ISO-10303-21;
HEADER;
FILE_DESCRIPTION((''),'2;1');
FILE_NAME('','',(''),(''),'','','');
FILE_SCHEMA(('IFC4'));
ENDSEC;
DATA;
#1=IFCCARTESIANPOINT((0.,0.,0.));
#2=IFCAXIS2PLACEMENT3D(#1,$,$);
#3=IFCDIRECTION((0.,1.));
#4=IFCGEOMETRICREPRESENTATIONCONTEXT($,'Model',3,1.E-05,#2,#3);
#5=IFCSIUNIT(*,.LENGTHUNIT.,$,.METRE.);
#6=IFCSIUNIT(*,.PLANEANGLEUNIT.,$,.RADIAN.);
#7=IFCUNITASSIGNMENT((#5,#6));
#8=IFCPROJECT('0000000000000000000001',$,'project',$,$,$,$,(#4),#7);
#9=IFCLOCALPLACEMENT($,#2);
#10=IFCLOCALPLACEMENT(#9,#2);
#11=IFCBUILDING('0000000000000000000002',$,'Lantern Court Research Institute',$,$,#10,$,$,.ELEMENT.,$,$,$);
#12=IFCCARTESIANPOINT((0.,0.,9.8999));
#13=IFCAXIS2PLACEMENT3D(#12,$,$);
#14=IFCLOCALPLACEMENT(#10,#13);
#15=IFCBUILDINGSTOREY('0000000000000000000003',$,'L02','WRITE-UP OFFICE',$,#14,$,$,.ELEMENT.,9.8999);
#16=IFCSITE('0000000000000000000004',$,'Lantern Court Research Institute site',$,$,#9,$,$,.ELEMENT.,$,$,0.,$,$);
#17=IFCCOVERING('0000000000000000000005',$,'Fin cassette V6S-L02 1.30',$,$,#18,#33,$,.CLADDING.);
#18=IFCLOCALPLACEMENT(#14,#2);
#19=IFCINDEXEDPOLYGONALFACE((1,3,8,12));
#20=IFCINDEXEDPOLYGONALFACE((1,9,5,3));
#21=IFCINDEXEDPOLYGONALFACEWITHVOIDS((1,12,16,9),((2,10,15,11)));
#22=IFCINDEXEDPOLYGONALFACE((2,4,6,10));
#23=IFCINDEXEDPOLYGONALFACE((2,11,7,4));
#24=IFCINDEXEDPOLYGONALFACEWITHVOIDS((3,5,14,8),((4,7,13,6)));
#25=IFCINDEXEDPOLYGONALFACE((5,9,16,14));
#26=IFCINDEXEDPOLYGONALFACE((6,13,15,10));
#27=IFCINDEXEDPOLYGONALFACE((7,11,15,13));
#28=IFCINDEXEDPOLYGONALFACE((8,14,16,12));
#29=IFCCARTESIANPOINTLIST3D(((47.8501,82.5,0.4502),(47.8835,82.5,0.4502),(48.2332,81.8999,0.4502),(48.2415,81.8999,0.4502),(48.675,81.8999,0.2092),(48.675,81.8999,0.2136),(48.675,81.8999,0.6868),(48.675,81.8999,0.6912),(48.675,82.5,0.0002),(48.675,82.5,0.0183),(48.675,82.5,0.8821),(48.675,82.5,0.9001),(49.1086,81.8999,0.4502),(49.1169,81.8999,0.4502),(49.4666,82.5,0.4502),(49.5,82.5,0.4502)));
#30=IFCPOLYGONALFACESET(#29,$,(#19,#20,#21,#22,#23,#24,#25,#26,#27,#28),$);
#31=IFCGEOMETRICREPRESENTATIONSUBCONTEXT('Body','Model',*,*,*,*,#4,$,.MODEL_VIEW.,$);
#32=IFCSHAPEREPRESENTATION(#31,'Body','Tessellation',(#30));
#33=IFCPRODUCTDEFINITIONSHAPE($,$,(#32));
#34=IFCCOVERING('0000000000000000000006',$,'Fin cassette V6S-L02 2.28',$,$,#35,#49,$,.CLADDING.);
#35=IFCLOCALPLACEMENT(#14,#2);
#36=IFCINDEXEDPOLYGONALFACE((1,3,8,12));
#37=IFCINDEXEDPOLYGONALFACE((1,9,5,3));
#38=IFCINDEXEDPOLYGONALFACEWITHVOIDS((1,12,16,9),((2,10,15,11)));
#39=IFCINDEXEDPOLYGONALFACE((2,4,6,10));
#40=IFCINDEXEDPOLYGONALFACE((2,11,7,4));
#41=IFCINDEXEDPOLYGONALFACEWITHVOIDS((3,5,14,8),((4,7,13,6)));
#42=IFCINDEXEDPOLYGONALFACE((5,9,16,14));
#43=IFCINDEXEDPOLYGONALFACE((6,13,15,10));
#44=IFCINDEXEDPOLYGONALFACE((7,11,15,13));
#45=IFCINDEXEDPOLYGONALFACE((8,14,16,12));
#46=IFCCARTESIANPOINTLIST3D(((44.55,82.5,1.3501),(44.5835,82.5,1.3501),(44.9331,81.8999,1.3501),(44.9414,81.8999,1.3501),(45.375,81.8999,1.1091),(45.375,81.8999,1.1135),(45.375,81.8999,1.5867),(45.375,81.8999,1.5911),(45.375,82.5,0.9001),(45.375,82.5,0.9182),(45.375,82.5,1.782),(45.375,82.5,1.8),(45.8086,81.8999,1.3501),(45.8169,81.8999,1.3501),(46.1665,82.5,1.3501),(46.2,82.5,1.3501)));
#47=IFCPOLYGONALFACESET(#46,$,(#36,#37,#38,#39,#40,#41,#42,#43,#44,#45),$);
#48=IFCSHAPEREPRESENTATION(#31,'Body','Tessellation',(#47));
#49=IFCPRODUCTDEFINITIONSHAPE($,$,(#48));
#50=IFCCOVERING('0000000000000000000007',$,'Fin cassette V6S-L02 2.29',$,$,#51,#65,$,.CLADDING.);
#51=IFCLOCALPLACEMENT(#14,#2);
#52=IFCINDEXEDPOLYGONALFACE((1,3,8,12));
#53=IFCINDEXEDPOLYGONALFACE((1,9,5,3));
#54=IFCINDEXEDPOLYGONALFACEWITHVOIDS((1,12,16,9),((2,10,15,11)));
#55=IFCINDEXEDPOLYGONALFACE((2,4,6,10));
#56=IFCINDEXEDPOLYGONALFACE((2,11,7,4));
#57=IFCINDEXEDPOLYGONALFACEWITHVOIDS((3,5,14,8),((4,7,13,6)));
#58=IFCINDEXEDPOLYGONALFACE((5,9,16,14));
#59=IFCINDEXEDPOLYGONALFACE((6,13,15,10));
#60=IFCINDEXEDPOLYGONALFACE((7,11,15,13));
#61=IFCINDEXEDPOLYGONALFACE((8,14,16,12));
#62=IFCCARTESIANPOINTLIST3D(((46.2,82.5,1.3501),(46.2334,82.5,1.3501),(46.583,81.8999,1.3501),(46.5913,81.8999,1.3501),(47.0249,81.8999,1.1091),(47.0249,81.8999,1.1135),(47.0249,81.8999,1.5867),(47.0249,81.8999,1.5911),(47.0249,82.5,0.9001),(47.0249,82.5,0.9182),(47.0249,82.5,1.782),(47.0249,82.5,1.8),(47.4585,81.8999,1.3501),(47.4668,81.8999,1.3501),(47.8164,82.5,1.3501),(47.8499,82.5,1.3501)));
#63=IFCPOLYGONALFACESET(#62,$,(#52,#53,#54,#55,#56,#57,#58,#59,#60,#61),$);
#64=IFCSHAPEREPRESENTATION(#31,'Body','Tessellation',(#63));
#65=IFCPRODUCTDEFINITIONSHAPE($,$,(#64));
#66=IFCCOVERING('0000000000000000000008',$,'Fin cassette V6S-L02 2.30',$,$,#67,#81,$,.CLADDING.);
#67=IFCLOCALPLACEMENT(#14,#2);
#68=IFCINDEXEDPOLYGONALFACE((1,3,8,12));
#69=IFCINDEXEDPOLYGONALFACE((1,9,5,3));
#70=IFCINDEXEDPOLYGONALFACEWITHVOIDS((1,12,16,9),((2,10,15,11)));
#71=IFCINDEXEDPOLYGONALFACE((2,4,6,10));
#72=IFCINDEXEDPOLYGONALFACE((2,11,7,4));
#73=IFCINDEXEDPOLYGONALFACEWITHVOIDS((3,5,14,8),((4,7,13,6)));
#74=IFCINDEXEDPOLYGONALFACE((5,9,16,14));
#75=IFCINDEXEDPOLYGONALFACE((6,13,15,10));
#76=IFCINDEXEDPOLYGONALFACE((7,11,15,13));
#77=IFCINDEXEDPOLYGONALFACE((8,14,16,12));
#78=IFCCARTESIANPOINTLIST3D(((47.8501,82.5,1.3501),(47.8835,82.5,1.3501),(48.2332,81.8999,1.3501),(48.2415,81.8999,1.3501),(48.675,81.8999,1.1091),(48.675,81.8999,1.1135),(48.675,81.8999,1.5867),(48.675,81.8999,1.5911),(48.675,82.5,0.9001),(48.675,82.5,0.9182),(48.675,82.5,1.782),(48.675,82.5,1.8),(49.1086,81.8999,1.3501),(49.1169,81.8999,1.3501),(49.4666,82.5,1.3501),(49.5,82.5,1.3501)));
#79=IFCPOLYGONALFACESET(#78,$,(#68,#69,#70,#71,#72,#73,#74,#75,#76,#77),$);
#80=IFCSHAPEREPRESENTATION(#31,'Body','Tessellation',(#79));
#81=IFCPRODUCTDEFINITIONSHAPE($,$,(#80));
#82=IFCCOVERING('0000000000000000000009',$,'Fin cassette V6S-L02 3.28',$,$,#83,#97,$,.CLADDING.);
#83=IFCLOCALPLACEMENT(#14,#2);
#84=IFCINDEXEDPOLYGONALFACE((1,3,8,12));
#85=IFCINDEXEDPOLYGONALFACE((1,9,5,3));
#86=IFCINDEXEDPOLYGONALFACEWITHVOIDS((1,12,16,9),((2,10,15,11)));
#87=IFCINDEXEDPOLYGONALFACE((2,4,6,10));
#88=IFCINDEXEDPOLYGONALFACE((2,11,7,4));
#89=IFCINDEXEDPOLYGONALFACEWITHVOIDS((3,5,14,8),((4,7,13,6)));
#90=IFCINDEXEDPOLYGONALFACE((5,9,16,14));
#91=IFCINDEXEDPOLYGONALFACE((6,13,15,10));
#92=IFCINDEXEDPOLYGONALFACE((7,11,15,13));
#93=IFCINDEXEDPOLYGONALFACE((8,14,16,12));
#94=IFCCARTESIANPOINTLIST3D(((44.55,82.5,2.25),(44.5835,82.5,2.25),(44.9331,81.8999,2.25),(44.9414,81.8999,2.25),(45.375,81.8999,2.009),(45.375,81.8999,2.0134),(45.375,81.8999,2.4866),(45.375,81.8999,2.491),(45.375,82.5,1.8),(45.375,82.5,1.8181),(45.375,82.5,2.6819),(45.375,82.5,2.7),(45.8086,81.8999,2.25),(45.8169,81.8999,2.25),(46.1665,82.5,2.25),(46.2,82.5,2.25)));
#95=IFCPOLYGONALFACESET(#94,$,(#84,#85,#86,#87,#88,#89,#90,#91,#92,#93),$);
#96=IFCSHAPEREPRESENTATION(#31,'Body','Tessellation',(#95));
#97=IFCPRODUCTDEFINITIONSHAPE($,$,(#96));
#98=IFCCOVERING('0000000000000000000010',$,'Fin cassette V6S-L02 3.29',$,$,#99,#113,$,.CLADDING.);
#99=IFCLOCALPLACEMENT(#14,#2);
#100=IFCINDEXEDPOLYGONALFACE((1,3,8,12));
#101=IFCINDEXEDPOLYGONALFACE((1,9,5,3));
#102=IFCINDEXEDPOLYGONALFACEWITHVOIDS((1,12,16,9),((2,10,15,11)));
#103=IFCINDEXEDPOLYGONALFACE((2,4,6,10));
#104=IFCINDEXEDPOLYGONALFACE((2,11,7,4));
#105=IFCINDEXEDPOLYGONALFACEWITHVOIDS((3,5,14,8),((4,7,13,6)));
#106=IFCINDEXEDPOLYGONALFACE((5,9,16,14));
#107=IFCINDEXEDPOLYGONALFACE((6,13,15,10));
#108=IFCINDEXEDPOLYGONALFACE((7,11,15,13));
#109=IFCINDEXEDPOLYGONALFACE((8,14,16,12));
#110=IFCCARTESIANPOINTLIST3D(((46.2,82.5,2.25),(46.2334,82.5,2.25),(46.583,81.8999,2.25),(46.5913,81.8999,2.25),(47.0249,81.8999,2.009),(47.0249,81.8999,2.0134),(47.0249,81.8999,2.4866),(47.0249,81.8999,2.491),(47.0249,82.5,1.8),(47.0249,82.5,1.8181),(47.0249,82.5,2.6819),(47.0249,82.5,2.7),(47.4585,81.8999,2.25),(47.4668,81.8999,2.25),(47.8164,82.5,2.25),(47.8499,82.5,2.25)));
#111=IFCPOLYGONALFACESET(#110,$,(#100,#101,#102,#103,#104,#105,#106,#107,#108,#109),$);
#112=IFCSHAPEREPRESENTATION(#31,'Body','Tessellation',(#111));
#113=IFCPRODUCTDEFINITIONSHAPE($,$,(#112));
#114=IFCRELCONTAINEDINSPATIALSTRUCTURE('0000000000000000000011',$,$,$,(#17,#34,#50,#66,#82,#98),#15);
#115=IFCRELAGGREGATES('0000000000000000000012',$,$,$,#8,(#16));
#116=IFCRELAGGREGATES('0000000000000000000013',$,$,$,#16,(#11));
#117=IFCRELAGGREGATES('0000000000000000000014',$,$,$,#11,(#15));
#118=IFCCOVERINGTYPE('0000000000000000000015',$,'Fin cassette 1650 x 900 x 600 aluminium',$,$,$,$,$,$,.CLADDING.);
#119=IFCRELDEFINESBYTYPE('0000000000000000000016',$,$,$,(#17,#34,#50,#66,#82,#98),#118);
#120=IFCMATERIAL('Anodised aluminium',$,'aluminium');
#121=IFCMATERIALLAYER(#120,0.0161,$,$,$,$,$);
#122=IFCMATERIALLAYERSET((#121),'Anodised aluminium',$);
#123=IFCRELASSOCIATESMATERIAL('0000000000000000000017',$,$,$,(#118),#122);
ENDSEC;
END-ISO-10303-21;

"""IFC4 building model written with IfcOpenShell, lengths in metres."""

from ifc_helpers import new_model, entity, si_unit, direction, frame, origin, place, context, subcontext, project, spatial, material, layer, layer_set, type_object, element, save


model = new_model("IFC4")

# Units and contexts
model_context = context("Model", 3, precision=1e-05, world=origin(), true_north=direction((0.0, 1.0)))
body_context = subcontext(model_context, "Body", "Model", "MODEL_VIEW")
ifc_project = project(units=[si_unit("LENGTHUNIT", "METRE"), si_unit("PLANEANGLEUNIT", "RADIAN")], contexts=[model_context])

# Site, building, storey
site_placement = place(None, origin())
site = spatial("IfcSite", under=ifc_project, at=site_placement, Name="Lantern Court Research Institute site", CompositionType="ELEMENT", RefElevation=0.0)
building_placement = place(site_placement, origin())
building = spatial("IfcBuilding", under=site, at=building_placement, Name="Lantern Court Research Institute", CompositionType="ELEMENT")
storey_placement = place(building_placement, frame((0.0, 0.0, 9.8999)))
storey = spatial("IfcBuildingStorey", under=building, at=storey_placement, Name="L02", Description="WRITE-UP OFFICE", CompositionType="ELEMENT", Elevation=9.8999)

# Coverings
ifc_material_1 = material(Name="Anodised aluminium", Category="aluminium")
ifc_layer_1 = layer(ifc_material_1, 0.0161)
ifc_layer_set_1 = layer_set([ifc_layer_1], Name="Anodised aluminium")
covering_type = type_object("IfcCoveringType", Name="Fin cassette 1650 x 900 x 600 aluminium", PredefinedType="CLADDING", material=ifc_layer_set_1)
covering_1_placement = place(storey_placement, frame((48.675, 82.5, 0.4502), z_axis=(0.0, -1.0, 0.0), x_axis=(1.0, 0.0, 0.0)))
cartesian_point_1 = entity("IfcCartesianPoint", [0.825, 0.0])
cartesian_point_2 = entity("IfcCartesianPoint", [0.7915, 0.0])
cartesian_point_3 = entity("IfcCartesianPoint", [0.4419, 0.0])
cartesian_point_4 = entity("IfcCartesianPoint", [0.4336, 0.0])
element("IfcCovering", 1, at=covering_1_placement, inside=storey, type_object=covering_type, Name="Fin cassette V6S-L02 1.30", PredefinedType="CLADDING", context=body_context, shape_type="SweptSolid", body=[
    entity("IfcExtrudedAreaSolidTapered", entity("IfcArbitraryProfileDefWithVoids", "AREA", None, entity("IfcPolyline", [cartesian_point_1, entity("IfcCartesianPoint", [0.0, 0.45]), entity("IfcCartesianPoint", [-0.825, 0.0]), entity("IfcCartesianPoint", [0.0, -0.45]), cartesian_point_1]), [entity("IfcPolyline", [cartesian_point_2, entity("IfcCartesianPoint", [0.0, 0.4319]), entity("IfcCartesianPoint", [-0.7915, 0.0]), entity("IfcCartesianPoint", [0.0, -0.4319]), cartesian_point_2])]), entity("IfcAxis2Placement3D", entity("IfcCartesianPoint", [0.0, 0.0, 0.0])), entity("IfcDirection", [0.0, 0.0, 1.0]), 0.6001, entity("IfcArbitraryProfileDefWithVoids", "AREA", None, entity("IfcPolyline", [cartesian_point_3, entity("IfcCartesianPoint", [0.0, 0.241]), entity("IfcCartesianPoint", [-0.4419, 0.0]), entity("IfcCartesianPoint", [0.0, -0.241]), cartesian_point_3]), [entity("IfcPolyline", [cartesian_point_4, entity("IfcCartesianPoint", [0.0, 0.2366]), entity("IfcCartesianPoint", [-0.4336, 0.0]), entity("IfcCartesianPoint", [0.0, -0.2366]), cartesian_point_4])])),
])
covering_2_placement = place(storey_placement, frame((45.375, 82.5, 1.3501), z_axis=(0.0, -1.0, 0.0), x_axis=(1.0, 0.0, 0.0)))
cartesian_point_5 = entity("IfcCartesianPoint", [0.825, 0.0])
cartesian_point_6 = entity("IfcCartesianPoint", [0.7915, 0.0])
cartesian_point_7 = entity("IfcCartesianPoint", [0.4419, 0.0])
cartesian_point_8 = entity("IfcCartesianPoint", [0.4336, 0.0])
element("IfcCovering", 2, at=covering_2_placement, inside=storey, type_object=covering_type, Name="Fin cassette V6S-L02 2.28", PredefinedType="CLADDING", context=body_context, shape_type="SweptSolid", body=[
    entity("IfcExtrudedAreaSolidTapered", entity("IfcArbitraryProfileDefWithVoids", "AREA", None, entity("IfcPolyline", [cartesian_point_5, entity("IfcCartesianPoint", [0.0, 0.45]), entity("IfcCartesianPoint", [-0.825, 0.0]), entity("IfcCartesianPoint", [0.0, -0.45]), cartesian_point_5]), [entity("IfcPolyline", [cartesian_point_6, entity("IfcCartesianPoint", [0.0, 0.4319]), entity("IfcCartesianPoint", [-0.7915, 0.0]), entity("IfcCartesianPoint", [0.0, -0.4319]), cartesian_point_6])]), entity("IfcAxis2Placement3D", entity("IfcCartesianPoint", [0.0, 0.0, 0.0])), entity("IfcDirection", [0.0, 0.0, 1.0]), 0.6001, entity("IfcArbitraryProfileDefWithVoids", "AREA", None, entity("IfcPolyline", [cartesian_point_7, entity("IfcCartesianPoint", [0.0, 0.241]), entity("IfcCartesianPoint", [-0.4419, 0.0]), entity("IfcCartesianPoint", [0.0, -0.241]), cartesian_point_7]), [entity("IfcPolyline", [cartesian_point_8, entity("IfcCartesianPoint", [0.0, 0.2366]), entity("IfcCartesianPoint", [-0.4336, 0.0]), entity("IfcCartesianPoint", [0.0, -0.2366]), cartesian_point_8])])),
])
covering_3_placement = place(storey_placement, frame((47.0249, 82.5, 1.3501), z_axis=(0.0, -1.0, 0.0), x_axis=(1.0, 0.0, 0.0)))
cartesian_point_9 = entity("IfcCartesianPoint", [0.825, 0.0])
cartesian_point_10 = entity("IfcCartesianPoint", [0.7915, 0.0])
cartesian_point_11 = entity("IfcCartesianPoint", [0.4419, 0.0])
cartesian_point_12 = entity("IfcCartesianPoint", [0.4336, 0.0])
element("IfcCovering", 3, at=covering_3_placement, inside=storey, type_object=covering_type, Name="Fin cassette V6S-L02 2.29", PredefinedType="CLADDING", context=body_context, shape_type="SweptSolid", body=[
    entity("IfcExtrudedAreaSolidTapered", entity("IfcArbitraryProfileDefWithVoids", "AREA", None, entity("IfcPolyline", [cartesian_point_9, entity("IfcCartesianPoint", [0.0, 0.45]), entity("IfcCartesianPoint", [-0.825, 0.0]), entity("IfcCartesianPoint", [0.0, -0.45]), cartesian_point_9]), [entity("IfcPolyline", [cartesian_point_10, entity("IfcCartesianPoint", [0.0, 0.4319]), entity("IfcCartesianPoint", [-0.7915, 0.0]), entity("IfcCartesianPoint", [0.0, -0.4319]), cartesian_point_10])]), entity("IfcAxis2Placement3D", entity("IfcCartesianPoint", [0.0, 0.0, 0.0])), entity("IfcDirection", [0.0, 0.0, 1.0]), 0.6001, entity("IfcArbitraryProfileDefWithVoids", "AREA", None, entity("IfcPolyline", [cartesian_point_11, entity("IfcCartesianPoint", [0.0, 0.241]), entity("IfcCartesianPoint", [-0.4419, 0.0]), entity("IfcCartesianPoint", [0.0, -0.241]), cartesian_point_11]), [entity("IfcPolyline", [cartesian_point_12, entity("IfcCartesianPoint", [0.0, 0.2366]), entity("IfcCartesianPoint", [-0.4336, 0.0]), entity("IfcCartesianPoint", [0.0, -0.2366]), cartesian_point_12])])),
])
covering_4_placement = place(storey_placement, frame((48.675, 82.5, 1.3501), z_axis=(0.0, -1.0, 0.0), x_axis=(1.0, 0.0, 0.0)))
cartesian_point_13 = entity("IfcCartesianPoint", [0.825, 0.0])
cartesian_point_14 = entity("IfcCartesianPoint", [0.7915, 0.0])
cartesian_point_15 = entity("IfcCartesianPoint", [0.4419, 0.0])
cartesian_point_16 = entity("IfcCartesianPoint", [0.4336, 0.0])
element("IfcCovering", 4, at=covering_4_placement, inside=storey, type_object=covering_type, Name="Fin cassette V6S-L02 2.30", PredefinedType="CLADDING", context=body_context, shape_type="SweptSolid", body=[
    entity("IfcExtrudedAreaSolidTapered", entity("IfcArbitraryProfileDefWithVoids", "AREA", None, entity("IfcPolyline", [cartesian_point_13, entity("IfcCartesianPoint", [0.0, 0.45]), entity("IfcCartesianPoint", [-0.825, 0.0]), entity("IfcCartesianPoint", [0.0, -0.45]), cartesian_point_13]), [entity("IfcPolyline", [cartesian_point_14, entity("IfcCartesianPoint", [0.0, 0.4319]), entity("IfcCartesianPoint", [-0.7915, 0.0]), entity("IfcCartesianPoint", [0.0, -0.4319]), cartesian_point_14])]), entity("IfcAxis2Placement3D", entity("IfcCartesianPoint", [0.0, 0.0, 0.0])), entity("IfcDirection", [0.0, 0.0, 1.0]), 0.6001, entity("IfcArbitraryProfileDefWithVoids", "AREA", None, entity("IfcPolyline", [cartesian_point_15, entity("IfcCartesianPoint", [0.0, 0.241]), entity("IfcCartesianPoint", [-0.4419, 0.0]), entity("IfcCartesianPoint", [0.0, -0.241]), cartesian_point_15]), [entity("IfcPolyline", [cartesian_point_16, entity("IfcCartesianPoint", [0.0, 0.2366]), entity("IfcCartesianPoint", [-0.4336, 0.0]), entity("IfcCartesianPoint", [0.0, -0.2366]), cartesian_point_16])])),
])
covering_5_placement = place(storey_placement, frame((45.375, 82.5, 2.25), z_axis=(0.0, -1.0, 0.0), x_axis=(1.0, 0.0, 0.0)))
cartesian_point_17 = entity("IfcCartesianPoint", [0.825, 0.0])
cartesian_point_18 = entity("IfcCartesianPoint", [0.7915, 0.0])
cartesian_point_19 = entity("IfcCartesianPoint", [0.4419, 0.0])
cartesian_point_20 = entity("IfcCartesianPoint", [0.4336, 0.0])
element("IfcCovering", 5, at=covering_5_placement, inside=storey, type_object=covering_type, Name="Fin cassette V6S-L02 3.28", PredefinedType="CLADDING", context=body_context, shape_type="SweptSolid", body=[
    entity("IfcExtrudedAreaSolidTapered", entity("IfcArbitraryProfileDefWithVoids", "AREA", None, entity("IfcPolyline", [cartesian_point_17, entity("IfcCartesianPoint", [0.0, 0.45]), entity("IfcCartesianPoint", [-0.825, 0.0]), entity("IfcCartesianPoint", [0.0, -0.45]), cartesian_point_17]), [entity("IfcPolyline", [cartesian_point_18, entity("IfcCartesianPoint", [0.0, 0.4319]), entity("IfcCartesianPoint", [-0.7915, 0.0]), entity("IfcCartesianPoint", [0.0, -0.4319]), cartesian_point_18])]), entity("IfcAxis2Placement3D", entity("IfcCartesianPoint", [0.0, 0.0, 0.0])), entity("IfcDirection", [0.0, 0.0, 1.0]), 0.6001, entity("IfcArbitraryProfileDefWithVoids", "AREA", None, entity("IfcPolyline", [cartesian_point_19, entity("IfcCartesianPoint", [0.0, 0.241]), entity("IfcCartesianPoint", [-0.4419, 0.0]), entity("IfcCartesianPoint", [0.0, -0.241]), cartesian_point_19]), [entity("IfcPolyline", [cartesian_point_20, entity("IfcCartesianPoint", [0.0, 0.2366]), entity("IfcCartesianPoint", [-0.4336, 0.0]), entity("IfcCartesianPoint", [0.0, -0.2366]), cartesian_point_20])])),
])
covering_6_placement = place(storey_placement, frame((47.0249, 82.5, 2.25), z_axis=(0.0, -1.0, 0.0), x_axis=(1.0, 0.0, 0.0)))
cartesian_point_21 = entity("IfcCartesianPoint", [0.825, 0.0])
cartesian_point_22 = entity("IfcCartesianPoint", [0.7915, 0.0])
cartesian_point_23 = entity("IfcCartesianPoint", [0.4419, 0.0])
cartesian_point_24 = entity("IfcCartesianPoint", [0.4336, 0.0])
element("IfcCovering", 6, at=covering_6_placement, inside=storey, type_object=covering_type, Name="Fin cassette V6S-L02 3.29", PredefinedType="CLADDING", context=body_context, shape_type="SweptSolid", body=[
    entity("IfcExtrudedAreaSolidTapered", entity("IfcArbitraryProfileDefWithVoids", "AREA", None, entity("IfcPolyline", [cartesian_point_21, entity("IfcCartesianPoint", [0.0, 0.45]), entity("IfcCartesianPoint", [-0.825, 0.0]), entity("IfcCartesianPoint", [0.0, -0.45]), cartesian_point_21]), [entity("IfcPolyline", [cartesian_point_22, entity("IfcCartesianPoint", [0.0, 0.4319]), entity("IfcCartesianPoint", [-0.7915, 0.0]), entity("IfcCartesianPoint", [0.0, -0.4319]), cartesian_point_22])]), entity("IfcAxis2Placement3D", entity("IfcCartesianPoint", [0.0, 0.0, 0.0])), entity("IfcDirection", [0.0, 0.0, 1.0]), 0.6001, entity("IfcArbitraryProfileDefWithVoids", "AREA", None, entity("IfcPolyline", [cartesian_point_23, entity("IfcCartesianPoint", [0.0, 0.241]), entity("IfcCartesianPoint", [-0.4419, 0.0]), entity("IfcCartesianPoint", [0.0, -0.241]), cartesian_point_23]), [entity("IfcPolyline", [cartesian_point_24, entity("IfcCartesianPoint", [0.0, 0.2366]), entity("IfcCartesianPoint", [-0.4336, 0.0]), entity("IfcCartesianPoint", [0.0, -0.2366]), cartesian_point_24])])),
])

save(model, "model.ifc")
